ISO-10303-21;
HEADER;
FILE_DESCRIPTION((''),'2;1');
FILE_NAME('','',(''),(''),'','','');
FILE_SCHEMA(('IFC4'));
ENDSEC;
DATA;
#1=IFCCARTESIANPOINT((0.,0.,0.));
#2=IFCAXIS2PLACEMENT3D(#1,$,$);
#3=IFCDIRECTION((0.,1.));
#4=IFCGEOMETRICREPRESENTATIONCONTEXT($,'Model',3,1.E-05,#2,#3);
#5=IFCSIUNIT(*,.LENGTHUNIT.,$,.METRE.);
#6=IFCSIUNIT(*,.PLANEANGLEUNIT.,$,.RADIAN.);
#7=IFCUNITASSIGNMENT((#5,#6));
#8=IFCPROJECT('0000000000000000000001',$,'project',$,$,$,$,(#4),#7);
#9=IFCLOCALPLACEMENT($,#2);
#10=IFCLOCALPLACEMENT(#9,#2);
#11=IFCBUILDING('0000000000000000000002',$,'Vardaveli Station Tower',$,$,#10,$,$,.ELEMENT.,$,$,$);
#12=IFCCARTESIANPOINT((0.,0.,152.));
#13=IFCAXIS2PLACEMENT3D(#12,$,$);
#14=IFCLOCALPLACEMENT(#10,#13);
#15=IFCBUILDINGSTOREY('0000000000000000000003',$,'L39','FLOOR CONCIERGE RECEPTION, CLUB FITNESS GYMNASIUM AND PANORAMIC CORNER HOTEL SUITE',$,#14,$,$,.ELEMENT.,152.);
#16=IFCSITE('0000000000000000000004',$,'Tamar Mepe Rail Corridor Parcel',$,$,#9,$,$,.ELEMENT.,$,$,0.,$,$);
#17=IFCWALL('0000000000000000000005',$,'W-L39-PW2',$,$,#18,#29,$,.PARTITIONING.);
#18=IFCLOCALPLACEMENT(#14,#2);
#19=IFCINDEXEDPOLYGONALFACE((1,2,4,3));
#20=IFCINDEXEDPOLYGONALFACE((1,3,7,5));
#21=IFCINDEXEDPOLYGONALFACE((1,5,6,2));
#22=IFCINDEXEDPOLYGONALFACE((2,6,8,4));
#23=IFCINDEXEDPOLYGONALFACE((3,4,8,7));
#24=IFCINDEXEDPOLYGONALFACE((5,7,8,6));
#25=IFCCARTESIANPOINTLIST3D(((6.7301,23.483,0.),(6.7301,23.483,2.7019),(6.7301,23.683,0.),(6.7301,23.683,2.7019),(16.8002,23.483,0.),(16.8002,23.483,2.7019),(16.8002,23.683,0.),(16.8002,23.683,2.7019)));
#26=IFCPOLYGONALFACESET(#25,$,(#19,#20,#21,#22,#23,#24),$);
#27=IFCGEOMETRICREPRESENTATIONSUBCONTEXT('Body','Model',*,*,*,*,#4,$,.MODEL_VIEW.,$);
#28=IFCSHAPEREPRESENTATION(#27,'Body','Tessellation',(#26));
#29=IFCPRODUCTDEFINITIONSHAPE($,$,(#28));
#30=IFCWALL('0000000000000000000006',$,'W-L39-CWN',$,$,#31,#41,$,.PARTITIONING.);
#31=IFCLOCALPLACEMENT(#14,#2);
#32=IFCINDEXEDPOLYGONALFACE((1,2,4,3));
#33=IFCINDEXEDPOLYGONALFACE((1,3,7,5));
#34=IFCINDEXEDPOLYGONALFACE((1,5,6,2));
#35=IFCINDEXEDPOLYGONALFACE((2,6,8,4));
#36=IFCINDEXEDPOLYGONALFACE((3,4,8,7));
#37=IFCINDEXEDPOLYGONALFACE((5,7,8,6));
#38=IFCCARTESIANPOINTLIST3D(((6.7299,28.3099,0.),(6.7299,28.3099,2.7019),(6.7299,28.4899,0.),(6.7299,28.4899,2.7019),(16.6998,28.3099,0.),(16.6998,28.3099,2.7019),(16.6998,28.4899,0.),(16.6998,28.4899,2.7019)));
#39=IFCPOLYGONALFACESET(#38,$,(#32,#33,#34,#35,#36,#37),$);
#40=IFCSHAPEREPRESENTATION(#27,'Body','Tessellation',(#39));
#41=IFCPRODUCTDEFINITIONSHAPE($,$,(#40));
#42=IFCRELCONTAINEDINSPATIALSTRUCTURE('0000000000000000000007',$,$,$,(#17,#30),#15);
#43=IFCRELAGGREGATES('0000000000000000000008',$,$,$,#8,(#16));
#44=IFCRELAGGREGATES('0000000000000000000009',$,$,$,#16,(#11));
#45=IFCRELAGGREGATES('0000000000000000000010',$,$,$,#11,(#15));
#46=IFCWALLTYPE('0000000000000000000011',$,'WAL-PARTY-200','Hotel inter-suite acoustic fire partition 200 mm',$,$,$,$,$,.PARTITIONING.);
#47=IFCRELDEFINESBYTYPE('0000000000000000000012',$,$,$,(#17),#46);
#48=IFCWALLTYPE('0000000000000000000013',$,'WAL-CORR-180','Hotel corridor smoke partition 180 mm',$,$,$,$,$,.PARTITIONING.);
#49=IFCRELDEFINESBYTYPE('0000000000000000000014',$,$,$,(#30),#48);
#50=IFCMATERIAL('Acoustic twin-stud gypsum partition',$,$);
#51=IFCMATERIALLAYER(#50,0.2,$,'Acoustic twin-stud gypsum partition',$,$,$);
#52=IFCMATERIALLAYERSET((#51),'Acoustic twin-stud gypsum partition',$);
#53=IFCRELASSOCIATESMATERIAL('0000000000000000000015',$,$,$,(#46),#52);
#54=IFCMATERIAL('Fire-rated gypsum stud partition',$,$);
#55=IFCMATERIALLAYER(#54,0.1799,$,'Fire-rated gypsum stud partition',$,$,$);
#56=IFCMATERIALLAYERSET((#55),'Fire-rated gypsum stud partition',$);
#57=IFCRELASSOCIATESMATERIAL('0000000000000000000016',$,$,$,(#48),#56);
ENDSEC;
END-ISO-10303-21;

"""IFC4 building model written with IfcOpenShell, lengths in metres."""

from ifc_helpers import new_model, si_unit, direction, frame, frame_2d, origin, place, context, subcontext, project, spatial, rectangle, extrude, source, transform, mapped, material, layer, layer_set, type_object, element, save


model = new_model("IFC4")

# Units and contexts
model_context = context("Model", 3, precision=1e-05, world=origin(), true_north=direction((0.0, 1.0)))
body_context = subcontext(model_context, "Body", "Model", "MODEL_VIEW")
ifc_project = project(units=[si_unit("LENGTHUNIT", "METRE"), si_unit("PLANEANGLEUNIT", "RADIAN")], contexts=[model_context])

# Site, building, storey
site_placement = place(None, origin())
site = spatial("IfcSite", under=ifc_project, at=site_placement, Name="Tamar Mepe Rail Corridor Parcel", CompositionType="ELEMENT", RefElevation=0.0)
building_placement = place(site_placement, origin())
building = spatial("IfcBuilding", under=site, at=building_placement, Name="Vardaveli Station Tower", CompositionType="ELEMENT")
storey_placement = place(building_placement, frame((0.0, 0.0, 152.0)))
storey = spatial("IfcBuildingStorey", under=building, at=storey_placement, Name="L39", Description="FLOOR CONCIERGE RECEPTION, CLUB FITNESS GYMNASIUM AND PANORAMIC CORNER HOTEL SUITE", CompositionType="ELEMENT", Elevation=152.0)

# Walls
ifc_material_1 = material(Name="Acoustic twin-stud gypsum partition")
ifc_layer_1 = layer(ifc_material_1, 0.2, Name="Acoustic twin-stud gypsum partition")
ifc_layer_set_1 = layer_set([ifc_layer_1], Name="Acoustic twin-stud gypsum partition")
wall_type_1 = type_object("IfcWallType", Name="WAL-PARTY-200", Description="Hotel inter-suite acoustic fire partition 200 mm", PredefinedType="PARTITIONING", material=ifc_layer_set_1)
shared_shape_1 = source(origin(), body_context, "Body", "SweptSolid", [
    extrude(rectangle(XDim=10.0701, YDim=0.2, at=frame_2d((5.0352, 0.0))), origin(), (0.0, 0.0, 1.0), 2.7019),
])
wall_1_placement = place(storey_placement, frame((6.73, 23.583, 0.0), z_axis=(0.0, 0.0, 1.0), x_axis=(1.0, 0.0, 0.0)))
element("IfcWall", 1, at=wall_1_placement, inside=storey, type_object=wall_type_1, Name="W-L39-PW2", PredefinedType="PARTITIONING", context=body_context, shape_type="MappedRepresentation", body=[
    mapped(shared_shape_1, transform((0.0, 0.0, 0.0), scale=1.0)),
])
ifc_material_2 = material(Name="Fire-rated gypsum stud partition")
ifc_layer_2 = layer(ifc_material_2, 0.1799, Name="Fire-rated gypsum stud partition")
ifc_layer_set_2 = layer_set([ifc_layer_2], Name="Fire-rated gypsum stud partition")
wall_type_2 = type_object("IfcWallType", Name="WAL-CORR-180", Description="Hotel corridor smoke partition 180 mm", PredefinedType="PARTITIONING", material=ifc_layer_set_2)
shared_shape_2 = source(origin(), body_context, "Body", "SweptSolid", [
    extrude(rectangle(XDim=9.97, YDim=0.1799, at=frame_2d((4.9849, 0.0))), origin(), (0.0, 0.0, 1.0), 2.7019),
])
wall_2_placement = place(storey_placement, frame((6.73, 28.3999, 0.0), z_axis=(0.0, 0.0, 1.0), x_axis=(1.0, 0.0, 0.0)))
element("IfcWall", 2, at=wall_2_placement, inside=storey, type_object=wall_type_2, Name="W-L39-CWN", PredefinedType="PARTITIONING", context=body_context, shape_type="MappedRepresentation", body=[
    mapped(shared_shape_2, transform((0.0, 0.0, 0.0), scale=1.0)),
])

save(model, "model.ifc")
